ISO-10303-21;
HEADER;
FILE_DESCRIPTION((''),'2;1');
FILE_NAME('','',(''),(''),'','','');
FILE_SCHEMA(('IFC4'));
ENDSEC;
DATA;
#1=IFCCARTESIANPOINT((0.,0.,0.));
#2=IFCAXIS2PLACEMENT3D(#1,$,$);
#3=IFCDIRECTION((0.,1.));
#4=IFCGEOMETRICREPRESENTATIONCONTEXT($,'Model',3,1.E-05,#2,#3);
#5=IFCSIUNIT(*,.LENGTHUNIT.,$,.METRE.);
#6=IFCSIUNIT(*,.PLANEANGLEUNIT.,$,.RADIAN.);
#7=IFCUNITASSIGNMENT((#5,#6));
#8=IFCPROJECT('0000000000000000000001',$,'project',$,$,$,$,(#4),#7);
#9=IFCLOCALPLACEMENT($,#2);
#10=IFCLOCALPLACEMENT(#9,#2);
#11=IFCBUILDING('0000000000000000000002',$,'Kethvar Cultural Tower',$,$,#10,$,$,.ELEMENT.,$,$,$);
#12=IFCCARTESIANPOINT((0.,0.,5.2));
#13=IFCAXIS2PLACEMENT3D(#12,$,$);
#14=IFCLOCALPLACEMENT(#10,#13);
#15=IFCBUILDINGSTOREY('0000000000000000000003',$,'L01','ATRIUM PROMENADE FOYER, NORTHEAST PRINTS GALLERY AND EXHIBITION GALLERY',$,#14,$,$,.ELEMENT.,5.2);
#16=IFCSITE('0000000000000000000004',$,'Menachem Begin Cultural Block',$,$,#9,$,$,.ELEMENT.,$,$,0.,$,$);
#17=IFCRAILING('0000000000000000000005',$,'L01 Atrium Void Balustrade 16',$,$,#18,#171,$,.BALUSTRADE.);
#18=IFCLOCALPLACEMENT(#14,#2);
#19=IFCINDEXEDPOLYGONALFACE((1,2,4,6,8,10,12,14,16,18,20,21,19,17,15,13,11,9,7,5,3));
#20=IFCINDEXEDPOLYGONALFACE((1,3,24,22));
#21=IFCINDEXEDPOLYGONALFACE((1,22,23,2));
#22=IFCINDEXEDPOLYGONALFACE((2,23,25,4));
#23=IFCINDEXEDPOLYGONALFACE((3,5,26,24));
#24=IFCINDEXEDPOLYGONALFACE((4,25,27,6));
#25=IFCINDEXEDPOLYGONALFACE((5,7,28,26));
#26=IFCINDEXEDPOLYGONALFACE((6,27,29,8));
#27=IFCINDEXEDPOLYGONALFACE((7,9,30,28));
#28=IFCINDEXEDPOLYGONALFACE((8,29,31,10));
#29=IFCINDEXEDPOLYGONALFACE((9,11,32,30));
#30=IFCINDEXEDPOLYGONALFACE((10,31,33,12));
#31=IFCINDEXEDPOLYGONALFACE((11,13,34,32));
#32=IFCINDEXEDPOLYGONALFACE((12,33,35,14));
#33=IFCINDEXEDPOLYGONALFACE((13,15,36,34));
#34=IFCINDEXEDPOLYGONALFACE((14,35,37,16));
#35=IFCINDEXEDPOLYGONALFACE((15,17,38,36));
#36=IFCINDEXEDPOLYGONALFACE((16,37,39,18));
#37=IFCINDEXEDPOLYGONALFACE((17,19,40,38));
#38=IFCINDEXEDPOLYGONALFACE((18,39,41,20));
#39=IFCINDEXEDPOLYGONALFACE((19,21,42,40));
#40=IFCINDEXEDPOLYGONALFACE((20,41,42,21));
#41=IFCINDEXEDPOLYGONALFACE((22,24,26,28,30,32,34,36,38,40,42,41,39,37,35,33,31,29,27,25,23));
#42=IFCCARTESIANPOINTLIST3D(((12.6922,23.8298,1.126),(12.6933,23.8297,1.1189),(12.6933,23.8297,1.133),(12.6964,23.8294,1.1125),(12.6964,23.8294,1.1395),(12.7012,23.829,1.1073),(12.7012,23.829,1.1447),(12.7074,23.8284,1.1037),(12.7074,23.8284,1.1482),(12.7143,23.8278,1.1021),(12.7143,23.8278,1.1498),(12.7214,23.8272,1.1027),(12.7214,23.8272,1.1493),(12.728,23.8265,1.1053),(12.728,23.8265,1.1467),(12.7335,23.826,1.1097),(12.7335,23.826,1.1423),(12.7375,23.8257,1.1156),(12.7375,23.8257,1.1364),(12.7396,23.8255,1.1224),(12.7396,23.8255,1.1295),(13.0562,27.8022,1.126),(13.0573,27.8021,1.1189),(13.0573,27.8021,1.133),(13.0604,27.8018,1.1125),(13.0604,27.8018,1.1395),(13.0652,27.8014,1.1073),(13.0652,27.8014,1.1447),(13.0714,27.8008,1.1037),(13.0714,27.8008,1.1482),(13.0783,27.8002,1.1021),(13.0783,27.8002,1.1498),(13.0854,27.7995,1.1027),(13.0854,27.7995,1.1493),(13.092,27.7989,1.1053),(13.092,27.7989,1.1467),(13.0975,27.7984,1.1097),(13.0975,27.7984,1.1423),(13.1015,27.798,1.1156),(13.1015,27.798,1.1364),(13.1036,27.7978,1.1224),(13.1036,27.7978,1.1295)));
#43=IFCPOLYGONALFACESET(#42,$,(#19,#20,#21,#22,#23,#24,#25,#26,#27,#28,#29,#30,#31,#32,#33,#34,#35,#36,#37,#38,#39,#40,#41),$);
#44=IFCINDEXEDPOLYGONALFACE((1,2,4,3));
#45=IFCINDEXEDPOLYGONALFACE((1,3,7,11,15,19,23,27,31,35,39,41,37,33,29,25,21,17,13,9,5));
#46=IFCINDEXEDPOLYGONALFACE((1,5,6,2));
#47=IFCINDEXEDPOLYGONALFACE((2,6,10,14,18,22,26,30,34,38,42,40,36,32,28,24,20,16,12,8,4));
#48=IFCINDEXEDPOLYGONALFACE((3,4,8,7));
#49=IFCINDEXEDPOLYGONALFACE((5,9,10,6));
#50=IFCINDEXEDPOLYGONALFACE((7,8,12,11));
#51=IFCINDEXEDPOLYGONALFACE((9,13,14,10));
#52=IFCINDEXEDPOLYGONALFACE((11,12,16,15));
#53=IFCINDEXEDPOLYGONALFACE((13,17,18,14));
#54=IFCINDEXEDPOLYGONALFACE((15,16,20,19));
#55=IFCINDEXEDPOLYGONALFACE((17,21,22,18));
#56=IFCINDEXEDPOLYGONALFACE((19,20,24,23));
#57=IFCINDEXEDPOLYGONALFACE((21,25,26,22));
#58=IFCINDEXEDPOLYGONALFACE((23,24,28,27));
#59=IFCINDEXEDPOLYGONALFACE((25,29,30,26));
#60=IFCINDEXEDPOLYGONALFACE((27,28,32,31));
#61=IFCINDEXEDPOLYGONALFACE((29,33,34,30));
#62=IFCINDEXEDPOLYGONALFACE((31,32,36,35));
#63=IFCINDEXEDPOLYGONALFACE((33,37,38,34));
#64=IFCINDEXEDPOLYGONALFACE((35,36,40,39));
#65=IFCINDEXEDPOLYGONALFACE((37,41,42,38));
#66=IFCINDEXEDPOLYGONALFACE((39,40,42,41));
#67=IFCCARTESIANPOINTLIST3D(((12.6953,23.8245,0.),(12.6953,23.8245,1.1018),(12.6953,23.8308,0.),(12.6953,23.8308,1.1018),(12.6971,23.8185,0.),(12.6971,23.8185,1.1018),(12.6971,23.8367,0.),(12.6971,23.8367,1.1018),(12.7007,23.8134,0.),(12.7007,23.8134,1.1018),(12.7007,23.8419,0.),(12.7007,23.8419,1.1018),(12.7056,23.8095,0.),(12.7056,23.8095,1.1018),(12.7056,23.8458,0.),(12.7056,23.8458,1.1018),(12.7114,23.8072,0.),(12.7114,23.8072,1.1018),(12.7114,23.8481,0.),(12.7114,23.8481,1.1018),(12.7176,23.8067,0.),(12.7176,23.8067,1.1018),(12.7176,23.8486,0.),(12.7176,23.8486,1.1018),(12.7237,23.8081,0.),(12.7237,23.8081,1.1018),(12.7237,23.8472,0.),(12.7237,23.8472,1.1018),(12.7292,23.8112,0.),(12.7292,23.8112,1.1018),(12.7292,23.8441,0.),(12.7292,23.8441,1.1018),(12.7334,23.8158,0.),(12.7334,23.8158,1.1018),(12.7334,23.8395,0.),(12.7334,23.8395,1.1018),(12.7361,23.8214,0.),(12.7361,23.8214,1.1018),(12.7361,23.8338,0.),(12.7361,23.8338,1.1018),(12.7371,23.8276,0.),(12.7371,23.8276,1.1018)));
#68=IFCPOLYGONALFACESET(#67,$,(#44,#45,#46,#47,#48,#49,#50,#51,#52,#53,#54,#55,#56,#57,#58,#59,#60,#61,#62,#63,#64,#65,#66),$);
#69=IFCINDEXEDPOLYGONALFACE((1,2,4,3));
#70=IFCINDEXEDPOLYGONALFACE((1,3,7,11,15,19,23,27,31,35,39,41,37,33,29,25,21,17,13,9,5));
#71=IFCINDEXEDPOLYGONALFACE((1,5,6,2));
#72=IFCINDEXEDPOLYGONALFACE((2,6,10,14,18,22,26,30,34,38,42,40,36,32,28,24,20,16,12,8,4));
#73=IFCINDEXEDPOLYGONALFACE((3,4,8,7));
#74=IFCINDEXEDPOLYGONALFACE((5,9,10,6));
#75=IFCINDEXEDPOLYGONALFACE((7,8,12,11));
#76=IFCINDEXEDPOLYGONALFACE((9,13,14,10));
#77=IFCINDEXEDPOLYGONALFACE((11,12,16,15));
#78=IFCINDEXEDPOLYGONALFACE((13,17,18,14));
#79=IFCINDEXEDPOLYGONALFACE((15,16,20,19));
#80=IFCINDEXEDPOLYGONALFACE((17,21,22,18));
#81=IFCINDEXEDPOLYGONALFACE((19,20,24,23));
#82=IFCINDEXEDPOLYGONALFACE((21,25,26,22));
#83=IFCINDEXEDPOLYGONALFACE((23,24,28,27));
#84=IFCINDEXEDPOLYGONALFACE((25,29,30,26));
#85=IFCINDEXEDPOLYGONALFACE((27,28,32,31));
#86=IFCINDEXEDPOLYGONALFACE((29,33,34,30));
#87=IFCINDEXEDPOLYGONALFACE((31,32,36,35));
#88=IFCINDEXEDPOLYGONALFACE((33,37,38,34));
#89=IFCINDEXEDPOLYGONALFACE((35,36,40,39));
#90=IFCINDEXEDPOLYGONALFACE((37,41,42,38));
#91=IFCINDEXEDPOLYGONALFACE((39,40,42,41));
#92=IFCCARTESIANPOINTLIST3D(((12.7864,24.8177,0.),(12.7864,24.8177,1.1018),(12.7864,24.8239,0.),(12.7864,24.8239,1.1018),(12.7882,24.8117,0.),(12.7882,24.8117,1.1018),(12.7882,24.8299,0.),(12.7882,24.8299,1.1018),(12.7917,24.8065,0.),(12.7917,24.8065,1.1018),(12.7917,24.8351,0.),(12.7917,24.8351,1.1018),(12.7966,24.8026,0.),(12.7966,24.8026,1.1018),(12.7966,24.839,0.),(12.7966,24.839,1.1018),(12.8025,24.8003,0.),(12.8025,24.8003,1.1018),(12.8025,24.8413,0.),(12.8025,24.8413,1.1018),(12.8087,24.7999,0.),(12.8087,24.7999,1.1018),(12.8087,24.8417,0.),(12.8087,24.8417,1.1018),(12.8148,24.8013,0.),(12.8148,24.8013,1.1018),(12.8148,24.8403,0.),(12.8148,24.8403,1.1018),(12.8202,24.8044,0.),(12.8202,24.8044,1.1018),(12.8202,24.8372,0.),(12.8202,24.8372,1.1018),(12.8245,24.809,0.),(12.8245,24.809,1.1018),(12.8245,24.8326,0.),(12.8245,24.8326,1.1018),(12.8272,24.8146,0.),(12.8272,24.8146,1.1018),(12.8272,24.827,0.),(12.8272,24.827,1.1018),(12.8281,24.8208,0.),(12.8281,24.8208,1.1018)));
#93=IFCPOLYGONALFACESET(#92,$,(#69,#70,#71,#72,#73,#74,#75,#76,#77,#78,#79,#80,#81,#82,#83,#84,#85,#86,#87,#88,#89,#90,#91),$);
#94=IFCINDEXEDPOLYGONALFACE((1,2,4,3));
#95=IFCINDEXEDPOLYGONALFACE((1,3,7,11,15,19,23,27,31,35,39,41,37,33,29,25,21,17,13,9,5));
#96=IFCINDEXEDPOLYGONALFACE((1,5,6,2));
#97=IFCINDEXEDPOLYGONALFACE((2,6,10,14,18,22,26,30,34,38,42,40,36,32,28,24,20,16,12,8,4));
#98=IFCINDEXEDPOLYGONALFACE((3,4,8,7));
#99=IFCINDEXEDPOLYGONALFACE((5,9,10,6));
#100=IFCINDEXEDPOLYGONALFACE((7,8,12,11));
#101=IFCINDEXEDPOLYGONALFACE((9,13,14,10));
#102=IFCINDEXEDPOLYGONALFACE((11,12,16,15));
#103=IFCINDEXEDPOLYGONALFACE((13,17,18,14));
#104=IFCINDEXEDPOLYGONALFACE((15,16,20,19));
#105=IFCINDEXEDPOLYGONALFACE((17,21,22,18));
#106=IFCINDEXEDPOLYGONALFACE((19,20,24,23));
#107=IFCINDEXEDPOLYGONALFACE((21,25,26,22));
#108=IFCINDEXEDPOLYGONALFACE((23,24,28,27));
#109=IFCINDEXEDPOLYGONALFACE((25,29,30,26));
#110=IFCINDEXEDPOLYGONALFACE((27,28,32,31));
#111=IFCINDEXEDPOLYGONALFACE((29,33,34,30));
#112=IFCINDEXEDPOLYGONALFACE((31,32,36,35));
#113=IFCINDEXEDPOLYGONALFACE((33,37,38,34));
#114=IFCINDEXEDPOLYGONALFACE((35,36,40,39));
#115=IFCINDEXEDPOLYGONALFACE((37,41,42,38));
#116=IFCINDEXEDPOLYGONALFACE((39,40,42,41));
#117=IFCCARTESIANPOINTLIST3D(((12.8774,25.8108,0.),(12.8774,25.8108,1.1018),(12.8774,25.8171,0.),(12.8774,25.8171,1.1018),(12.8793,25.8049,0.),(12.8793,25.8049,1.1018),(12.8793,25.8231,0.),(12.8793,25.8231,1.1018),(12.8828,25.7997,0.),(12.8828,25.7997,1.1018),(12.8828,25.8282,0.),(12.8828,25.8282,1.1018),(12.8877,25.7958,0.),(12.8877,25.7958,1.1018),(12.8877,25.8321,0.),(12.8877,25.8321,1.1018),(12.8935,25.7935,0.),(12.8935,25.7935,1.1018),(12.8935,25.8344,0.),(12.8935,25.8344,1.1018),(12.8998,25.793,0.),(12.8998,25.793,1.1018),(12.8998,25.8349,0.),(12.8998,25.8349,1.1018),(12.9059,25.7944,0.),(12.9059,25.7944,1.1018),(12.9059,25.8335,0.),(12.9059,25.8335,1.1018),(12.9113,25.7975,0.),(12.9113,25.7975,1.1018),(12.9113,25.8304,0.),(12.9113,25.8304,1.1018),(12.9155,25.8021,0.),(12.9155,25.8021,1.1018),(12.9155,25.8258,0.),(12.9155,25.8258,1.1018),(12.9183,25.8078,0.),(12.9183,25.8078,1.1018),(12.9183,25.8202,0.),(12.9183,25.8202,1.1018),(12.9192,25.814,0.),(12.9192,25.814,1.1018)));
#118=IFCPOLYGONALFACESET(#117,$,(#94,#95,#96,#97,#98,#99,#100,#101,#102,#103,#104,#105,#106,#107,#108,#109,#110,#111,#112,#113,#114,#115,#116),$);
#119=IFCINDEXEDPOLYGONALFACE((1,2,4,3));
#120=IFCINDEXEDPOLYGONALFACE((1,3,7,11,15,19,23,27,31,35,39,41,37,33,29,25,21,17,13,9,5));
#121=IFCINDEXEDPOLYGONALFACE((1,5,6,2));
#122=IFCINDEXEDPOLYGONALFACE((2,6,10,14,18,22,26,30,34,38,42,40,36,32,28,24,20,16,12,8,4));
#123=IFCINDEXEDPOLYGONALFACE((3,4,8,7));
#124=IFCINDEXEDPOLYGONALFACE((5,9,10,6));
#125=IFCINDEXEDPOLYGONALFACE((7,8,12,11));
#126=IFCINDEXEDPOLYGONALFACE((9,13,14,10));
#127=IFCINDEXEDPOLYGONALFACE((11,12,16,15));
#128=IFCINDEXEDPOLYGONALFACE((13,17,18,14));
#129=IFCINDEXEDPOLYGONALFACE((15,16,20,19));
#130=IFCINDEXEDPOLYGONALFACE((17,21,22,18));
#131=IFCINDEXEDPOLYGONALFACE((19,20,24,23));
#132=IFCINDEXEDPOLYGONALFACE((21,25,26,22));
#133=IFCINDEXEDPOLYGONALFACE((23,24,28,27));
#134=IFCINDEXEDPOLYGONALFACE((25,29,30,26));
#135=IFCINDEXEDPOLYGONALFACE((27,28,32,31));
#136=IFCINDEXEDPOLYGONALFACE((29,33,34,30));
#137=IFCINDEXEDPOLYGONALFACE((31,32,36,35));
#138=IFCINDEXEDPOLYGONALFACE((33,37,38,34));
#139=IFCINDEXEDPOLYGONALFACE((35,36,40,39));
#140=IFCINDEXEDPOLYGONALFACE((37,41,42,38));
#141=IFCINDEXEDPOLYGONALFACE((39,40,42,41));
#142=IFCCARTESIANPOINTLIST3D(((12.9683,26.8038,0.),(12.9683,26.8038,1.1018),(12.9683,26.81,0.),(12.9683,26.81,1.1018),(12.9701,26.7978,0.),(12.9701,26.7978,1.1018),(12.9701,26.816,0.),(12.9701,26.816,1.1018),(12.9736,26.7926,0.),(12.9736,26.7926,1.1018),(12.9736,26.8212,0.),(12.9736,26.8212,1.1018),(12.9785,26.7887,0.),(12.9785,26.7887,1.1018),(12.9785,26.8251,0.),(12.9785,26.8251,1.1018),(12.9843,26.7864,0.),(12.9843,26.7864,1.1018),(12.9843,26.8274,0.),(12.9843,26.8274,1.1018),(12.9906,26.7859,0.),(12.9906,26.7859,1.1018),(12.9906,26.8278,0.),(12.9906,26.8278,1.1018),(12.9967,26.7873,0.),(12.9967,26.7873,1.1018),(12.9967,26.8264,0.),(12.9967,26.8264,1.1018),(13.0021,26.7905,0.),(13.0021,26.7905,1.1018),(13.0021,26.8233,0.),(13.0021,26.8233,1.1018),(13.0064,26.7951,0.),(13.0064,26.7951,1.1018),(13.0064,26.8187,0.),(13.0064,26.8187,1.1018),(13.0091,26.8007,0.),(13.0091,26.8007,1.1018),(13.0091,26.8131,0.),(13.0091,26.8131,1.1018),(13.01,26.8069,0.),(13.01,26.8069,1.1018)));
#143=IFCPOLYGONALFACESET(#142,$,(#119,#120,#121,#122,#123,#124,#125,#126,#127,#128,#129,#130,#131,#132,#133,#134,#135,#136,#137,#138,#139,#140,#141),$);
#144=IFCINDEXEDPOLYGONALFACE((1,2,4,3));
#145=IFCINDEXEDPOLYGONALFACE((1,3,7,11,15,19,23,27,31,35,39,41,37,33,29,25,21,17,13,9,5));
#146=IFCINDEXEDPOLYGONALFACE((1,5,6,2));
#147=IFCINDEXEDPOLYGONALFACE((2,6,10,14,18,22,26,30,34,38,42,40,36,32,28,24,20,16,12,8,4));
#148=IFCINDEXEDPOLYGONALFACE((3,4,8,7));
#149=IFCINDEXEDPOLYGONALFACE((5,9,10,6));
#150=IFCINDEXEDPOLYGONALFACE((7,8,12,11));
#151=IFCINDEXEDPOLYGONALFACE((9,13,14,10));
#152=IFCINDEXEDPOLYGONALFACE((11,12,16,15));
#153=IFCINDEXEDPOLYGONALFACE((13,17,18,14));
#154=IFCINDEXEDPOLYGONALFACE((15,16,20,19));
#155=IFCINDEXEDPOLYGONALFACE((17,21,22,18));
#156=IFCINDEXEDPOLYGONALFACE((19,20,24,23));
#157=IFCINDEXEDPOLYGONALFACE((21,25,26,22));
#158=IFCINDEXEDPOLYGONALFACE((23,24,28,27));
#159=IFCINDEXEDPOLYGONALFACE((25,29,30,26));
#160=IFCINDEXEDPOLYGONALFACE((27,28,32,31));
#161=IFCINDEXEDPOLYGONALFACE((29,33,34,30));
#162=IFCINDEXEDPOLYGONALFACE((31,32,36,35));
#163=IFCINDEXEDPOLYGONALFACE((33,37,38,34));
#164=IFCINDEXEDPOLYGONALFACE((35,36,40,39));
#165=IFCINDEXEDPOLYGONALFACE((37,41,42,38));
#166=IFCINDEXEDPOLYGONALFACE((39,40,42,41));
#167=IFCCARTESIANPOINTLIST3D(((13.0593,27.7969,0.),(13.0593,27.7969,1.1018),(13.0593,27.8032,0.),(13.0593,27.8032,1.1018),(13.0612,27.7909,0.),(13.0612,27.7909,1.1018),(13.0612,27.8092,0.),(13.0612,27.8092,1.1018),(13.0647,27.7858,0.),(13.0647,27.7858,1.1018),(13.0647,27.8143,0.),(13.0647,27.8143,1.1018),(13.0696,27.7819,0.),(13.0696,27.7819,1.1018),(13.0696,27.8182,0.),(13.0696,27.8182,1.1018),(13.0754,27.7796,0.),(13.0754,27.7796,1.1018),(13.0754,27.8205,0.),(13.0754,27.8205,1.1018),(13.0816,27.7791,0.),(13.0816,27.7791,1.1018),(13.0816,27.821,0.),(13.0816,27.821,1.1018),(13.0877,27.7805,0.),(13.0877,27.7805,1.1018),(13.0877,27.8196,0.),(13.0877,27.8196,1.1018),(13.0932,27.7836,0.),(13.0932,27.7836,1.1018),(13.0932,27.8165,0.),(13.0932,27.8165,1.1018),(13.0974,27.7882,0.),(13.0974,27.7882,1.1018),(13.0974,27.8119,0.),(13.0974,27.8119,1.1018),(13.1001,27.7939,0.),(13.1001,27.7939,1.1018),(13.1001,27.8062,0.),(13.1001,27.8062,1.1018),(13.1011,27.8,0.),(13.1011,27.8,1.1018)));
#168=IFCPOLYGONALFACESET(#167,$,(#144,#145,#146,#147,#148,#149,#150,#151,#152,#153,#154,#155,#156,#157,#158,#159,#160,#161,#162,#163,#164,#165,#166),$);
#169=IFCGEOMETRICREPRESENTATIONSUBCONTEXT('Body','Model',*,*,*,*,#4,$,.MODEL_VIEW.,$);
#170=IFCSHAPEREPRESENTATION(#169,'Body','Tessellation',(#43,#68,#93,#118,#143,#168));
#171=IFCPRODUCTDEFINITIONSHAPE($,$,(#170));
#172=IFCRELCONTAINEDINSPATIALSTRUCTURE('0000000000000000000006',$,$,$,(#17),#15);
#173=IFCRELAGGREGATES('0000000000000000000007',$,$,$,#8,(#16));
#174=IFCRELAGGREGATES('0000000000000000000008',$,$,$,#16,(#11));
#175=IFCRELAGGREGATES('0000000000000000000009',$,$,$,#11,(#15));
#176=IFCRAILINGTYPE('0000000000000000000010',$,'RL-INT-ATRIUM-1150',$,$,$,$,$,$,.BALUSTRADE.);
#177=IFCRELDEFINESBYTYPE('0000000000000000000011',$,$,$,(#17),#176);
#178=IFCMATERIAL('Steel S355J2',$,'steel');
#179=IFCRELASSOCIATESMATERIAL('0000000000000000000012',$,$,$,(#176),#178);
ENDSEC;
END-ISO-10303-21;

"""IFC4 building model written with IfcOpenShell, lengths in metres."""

from ifc_helpers import new_model, si_unit, direction, frame, origin, origin_2d, place, context, subcontext, project, spatial, circle, extrude, material, type_object, element, save


model = new_model("IFC4")

# Units and contexts
model_context = context("Model", 3, precision=1e-05, world=origin(), true_north=direction((0.0, 1.0)))
body_context = subcontext(model_context, "Body", "Model", "MODEL_VIEW")
ifc_project = project(units=[si_unit("LENGTHUNIT", "METRE"), si_unit("PLANEANGLEUNIT", "RADIAN")], contexts=[model_context])

# Site, building, storey
site_placement = place(None, origin())
site = spatial("IfcSite", under=ifc_project, at=site_placement, Name="Menachem Begin Cultural Block", CompositionType="ELEMENT", RefElevation=0.0)
building_placement = place(site_placement, origin())
building = spatial("IfcBuilding", under=site, at=building_placement, Name="Kethvar Cultural Tower", CompositionType="ELEMENT")
storey_placement = place(building_placement, frame((0.0, 0.0, 5.2)))
storey = spatial("IfcBuildingStorey", under=building, at=storey_placement, Name="L01", Description="ATRIUM PROMENADE FOYER, NORTHEAST PRINTS GALLERY AND EXHIBITION GALLERY", CompositionType="ELEMENT", Elevation=5.2)

# Shared definitions
ifc_material_1 = material(Name="Steel S355J2", Category="steel")

# Railing
railing_type_1 = type_object("IfcRailingType", Name="RL-INT-ATRIUM-1150", PredefinedType="BALUSTRADE", material=ifc_material_1)
railing_1_placement = place(storey_placement, frame((12.7161, 23.8276, 0.0)))
element("IfcRailing", 1, at=railing_1_placement, inside=storey, type_object=railing_type_1, Name="L01 Atrium Void Balustrade 16", PredefinedType="BALUSTRADE", context=body_context, shape_type="SweptSolid", body=[
    extrude(circle(Radius=0.0239, at=origin_2d()), frame((0.0, 0.0, 1.126), z_axis=(0.091253, 0.995828, 0.0), x_axis=(-0.995828, 0.091253, 0.0)), (0.0, 0.0, 1.0), 3.989),
    extrude(circle(Radius=0.021, at=origin_2d()), origin(), (0.0, 0.0, 1.0), 1.1018),
    extrude(circle(Radius=0.021, at=origin_2d()), frame((0.0911, 0.9932, 0.0)), (0.0, 0.0, 1.0), 1.1018),
    extrude(circle(Radius=0.021, at=origin_2d()), frame((0.1821, 1.9863, 0.0)), (0.0, 0.0, 1.0), 1.1018),
    extrude(circle(Radius=0.021, at=origin_2d()), frame((0.2729, 2.9792, 0.0)), (0.0, 0.0, 1.0), 1.1018),
    extrude(circle(Radius=0.021, at=origin_2d()), frame((0.364, 3.9724, 0.0)), (0.0, 0.0, 1.0), 1.1018),
])

save(model, "model.ifc")
